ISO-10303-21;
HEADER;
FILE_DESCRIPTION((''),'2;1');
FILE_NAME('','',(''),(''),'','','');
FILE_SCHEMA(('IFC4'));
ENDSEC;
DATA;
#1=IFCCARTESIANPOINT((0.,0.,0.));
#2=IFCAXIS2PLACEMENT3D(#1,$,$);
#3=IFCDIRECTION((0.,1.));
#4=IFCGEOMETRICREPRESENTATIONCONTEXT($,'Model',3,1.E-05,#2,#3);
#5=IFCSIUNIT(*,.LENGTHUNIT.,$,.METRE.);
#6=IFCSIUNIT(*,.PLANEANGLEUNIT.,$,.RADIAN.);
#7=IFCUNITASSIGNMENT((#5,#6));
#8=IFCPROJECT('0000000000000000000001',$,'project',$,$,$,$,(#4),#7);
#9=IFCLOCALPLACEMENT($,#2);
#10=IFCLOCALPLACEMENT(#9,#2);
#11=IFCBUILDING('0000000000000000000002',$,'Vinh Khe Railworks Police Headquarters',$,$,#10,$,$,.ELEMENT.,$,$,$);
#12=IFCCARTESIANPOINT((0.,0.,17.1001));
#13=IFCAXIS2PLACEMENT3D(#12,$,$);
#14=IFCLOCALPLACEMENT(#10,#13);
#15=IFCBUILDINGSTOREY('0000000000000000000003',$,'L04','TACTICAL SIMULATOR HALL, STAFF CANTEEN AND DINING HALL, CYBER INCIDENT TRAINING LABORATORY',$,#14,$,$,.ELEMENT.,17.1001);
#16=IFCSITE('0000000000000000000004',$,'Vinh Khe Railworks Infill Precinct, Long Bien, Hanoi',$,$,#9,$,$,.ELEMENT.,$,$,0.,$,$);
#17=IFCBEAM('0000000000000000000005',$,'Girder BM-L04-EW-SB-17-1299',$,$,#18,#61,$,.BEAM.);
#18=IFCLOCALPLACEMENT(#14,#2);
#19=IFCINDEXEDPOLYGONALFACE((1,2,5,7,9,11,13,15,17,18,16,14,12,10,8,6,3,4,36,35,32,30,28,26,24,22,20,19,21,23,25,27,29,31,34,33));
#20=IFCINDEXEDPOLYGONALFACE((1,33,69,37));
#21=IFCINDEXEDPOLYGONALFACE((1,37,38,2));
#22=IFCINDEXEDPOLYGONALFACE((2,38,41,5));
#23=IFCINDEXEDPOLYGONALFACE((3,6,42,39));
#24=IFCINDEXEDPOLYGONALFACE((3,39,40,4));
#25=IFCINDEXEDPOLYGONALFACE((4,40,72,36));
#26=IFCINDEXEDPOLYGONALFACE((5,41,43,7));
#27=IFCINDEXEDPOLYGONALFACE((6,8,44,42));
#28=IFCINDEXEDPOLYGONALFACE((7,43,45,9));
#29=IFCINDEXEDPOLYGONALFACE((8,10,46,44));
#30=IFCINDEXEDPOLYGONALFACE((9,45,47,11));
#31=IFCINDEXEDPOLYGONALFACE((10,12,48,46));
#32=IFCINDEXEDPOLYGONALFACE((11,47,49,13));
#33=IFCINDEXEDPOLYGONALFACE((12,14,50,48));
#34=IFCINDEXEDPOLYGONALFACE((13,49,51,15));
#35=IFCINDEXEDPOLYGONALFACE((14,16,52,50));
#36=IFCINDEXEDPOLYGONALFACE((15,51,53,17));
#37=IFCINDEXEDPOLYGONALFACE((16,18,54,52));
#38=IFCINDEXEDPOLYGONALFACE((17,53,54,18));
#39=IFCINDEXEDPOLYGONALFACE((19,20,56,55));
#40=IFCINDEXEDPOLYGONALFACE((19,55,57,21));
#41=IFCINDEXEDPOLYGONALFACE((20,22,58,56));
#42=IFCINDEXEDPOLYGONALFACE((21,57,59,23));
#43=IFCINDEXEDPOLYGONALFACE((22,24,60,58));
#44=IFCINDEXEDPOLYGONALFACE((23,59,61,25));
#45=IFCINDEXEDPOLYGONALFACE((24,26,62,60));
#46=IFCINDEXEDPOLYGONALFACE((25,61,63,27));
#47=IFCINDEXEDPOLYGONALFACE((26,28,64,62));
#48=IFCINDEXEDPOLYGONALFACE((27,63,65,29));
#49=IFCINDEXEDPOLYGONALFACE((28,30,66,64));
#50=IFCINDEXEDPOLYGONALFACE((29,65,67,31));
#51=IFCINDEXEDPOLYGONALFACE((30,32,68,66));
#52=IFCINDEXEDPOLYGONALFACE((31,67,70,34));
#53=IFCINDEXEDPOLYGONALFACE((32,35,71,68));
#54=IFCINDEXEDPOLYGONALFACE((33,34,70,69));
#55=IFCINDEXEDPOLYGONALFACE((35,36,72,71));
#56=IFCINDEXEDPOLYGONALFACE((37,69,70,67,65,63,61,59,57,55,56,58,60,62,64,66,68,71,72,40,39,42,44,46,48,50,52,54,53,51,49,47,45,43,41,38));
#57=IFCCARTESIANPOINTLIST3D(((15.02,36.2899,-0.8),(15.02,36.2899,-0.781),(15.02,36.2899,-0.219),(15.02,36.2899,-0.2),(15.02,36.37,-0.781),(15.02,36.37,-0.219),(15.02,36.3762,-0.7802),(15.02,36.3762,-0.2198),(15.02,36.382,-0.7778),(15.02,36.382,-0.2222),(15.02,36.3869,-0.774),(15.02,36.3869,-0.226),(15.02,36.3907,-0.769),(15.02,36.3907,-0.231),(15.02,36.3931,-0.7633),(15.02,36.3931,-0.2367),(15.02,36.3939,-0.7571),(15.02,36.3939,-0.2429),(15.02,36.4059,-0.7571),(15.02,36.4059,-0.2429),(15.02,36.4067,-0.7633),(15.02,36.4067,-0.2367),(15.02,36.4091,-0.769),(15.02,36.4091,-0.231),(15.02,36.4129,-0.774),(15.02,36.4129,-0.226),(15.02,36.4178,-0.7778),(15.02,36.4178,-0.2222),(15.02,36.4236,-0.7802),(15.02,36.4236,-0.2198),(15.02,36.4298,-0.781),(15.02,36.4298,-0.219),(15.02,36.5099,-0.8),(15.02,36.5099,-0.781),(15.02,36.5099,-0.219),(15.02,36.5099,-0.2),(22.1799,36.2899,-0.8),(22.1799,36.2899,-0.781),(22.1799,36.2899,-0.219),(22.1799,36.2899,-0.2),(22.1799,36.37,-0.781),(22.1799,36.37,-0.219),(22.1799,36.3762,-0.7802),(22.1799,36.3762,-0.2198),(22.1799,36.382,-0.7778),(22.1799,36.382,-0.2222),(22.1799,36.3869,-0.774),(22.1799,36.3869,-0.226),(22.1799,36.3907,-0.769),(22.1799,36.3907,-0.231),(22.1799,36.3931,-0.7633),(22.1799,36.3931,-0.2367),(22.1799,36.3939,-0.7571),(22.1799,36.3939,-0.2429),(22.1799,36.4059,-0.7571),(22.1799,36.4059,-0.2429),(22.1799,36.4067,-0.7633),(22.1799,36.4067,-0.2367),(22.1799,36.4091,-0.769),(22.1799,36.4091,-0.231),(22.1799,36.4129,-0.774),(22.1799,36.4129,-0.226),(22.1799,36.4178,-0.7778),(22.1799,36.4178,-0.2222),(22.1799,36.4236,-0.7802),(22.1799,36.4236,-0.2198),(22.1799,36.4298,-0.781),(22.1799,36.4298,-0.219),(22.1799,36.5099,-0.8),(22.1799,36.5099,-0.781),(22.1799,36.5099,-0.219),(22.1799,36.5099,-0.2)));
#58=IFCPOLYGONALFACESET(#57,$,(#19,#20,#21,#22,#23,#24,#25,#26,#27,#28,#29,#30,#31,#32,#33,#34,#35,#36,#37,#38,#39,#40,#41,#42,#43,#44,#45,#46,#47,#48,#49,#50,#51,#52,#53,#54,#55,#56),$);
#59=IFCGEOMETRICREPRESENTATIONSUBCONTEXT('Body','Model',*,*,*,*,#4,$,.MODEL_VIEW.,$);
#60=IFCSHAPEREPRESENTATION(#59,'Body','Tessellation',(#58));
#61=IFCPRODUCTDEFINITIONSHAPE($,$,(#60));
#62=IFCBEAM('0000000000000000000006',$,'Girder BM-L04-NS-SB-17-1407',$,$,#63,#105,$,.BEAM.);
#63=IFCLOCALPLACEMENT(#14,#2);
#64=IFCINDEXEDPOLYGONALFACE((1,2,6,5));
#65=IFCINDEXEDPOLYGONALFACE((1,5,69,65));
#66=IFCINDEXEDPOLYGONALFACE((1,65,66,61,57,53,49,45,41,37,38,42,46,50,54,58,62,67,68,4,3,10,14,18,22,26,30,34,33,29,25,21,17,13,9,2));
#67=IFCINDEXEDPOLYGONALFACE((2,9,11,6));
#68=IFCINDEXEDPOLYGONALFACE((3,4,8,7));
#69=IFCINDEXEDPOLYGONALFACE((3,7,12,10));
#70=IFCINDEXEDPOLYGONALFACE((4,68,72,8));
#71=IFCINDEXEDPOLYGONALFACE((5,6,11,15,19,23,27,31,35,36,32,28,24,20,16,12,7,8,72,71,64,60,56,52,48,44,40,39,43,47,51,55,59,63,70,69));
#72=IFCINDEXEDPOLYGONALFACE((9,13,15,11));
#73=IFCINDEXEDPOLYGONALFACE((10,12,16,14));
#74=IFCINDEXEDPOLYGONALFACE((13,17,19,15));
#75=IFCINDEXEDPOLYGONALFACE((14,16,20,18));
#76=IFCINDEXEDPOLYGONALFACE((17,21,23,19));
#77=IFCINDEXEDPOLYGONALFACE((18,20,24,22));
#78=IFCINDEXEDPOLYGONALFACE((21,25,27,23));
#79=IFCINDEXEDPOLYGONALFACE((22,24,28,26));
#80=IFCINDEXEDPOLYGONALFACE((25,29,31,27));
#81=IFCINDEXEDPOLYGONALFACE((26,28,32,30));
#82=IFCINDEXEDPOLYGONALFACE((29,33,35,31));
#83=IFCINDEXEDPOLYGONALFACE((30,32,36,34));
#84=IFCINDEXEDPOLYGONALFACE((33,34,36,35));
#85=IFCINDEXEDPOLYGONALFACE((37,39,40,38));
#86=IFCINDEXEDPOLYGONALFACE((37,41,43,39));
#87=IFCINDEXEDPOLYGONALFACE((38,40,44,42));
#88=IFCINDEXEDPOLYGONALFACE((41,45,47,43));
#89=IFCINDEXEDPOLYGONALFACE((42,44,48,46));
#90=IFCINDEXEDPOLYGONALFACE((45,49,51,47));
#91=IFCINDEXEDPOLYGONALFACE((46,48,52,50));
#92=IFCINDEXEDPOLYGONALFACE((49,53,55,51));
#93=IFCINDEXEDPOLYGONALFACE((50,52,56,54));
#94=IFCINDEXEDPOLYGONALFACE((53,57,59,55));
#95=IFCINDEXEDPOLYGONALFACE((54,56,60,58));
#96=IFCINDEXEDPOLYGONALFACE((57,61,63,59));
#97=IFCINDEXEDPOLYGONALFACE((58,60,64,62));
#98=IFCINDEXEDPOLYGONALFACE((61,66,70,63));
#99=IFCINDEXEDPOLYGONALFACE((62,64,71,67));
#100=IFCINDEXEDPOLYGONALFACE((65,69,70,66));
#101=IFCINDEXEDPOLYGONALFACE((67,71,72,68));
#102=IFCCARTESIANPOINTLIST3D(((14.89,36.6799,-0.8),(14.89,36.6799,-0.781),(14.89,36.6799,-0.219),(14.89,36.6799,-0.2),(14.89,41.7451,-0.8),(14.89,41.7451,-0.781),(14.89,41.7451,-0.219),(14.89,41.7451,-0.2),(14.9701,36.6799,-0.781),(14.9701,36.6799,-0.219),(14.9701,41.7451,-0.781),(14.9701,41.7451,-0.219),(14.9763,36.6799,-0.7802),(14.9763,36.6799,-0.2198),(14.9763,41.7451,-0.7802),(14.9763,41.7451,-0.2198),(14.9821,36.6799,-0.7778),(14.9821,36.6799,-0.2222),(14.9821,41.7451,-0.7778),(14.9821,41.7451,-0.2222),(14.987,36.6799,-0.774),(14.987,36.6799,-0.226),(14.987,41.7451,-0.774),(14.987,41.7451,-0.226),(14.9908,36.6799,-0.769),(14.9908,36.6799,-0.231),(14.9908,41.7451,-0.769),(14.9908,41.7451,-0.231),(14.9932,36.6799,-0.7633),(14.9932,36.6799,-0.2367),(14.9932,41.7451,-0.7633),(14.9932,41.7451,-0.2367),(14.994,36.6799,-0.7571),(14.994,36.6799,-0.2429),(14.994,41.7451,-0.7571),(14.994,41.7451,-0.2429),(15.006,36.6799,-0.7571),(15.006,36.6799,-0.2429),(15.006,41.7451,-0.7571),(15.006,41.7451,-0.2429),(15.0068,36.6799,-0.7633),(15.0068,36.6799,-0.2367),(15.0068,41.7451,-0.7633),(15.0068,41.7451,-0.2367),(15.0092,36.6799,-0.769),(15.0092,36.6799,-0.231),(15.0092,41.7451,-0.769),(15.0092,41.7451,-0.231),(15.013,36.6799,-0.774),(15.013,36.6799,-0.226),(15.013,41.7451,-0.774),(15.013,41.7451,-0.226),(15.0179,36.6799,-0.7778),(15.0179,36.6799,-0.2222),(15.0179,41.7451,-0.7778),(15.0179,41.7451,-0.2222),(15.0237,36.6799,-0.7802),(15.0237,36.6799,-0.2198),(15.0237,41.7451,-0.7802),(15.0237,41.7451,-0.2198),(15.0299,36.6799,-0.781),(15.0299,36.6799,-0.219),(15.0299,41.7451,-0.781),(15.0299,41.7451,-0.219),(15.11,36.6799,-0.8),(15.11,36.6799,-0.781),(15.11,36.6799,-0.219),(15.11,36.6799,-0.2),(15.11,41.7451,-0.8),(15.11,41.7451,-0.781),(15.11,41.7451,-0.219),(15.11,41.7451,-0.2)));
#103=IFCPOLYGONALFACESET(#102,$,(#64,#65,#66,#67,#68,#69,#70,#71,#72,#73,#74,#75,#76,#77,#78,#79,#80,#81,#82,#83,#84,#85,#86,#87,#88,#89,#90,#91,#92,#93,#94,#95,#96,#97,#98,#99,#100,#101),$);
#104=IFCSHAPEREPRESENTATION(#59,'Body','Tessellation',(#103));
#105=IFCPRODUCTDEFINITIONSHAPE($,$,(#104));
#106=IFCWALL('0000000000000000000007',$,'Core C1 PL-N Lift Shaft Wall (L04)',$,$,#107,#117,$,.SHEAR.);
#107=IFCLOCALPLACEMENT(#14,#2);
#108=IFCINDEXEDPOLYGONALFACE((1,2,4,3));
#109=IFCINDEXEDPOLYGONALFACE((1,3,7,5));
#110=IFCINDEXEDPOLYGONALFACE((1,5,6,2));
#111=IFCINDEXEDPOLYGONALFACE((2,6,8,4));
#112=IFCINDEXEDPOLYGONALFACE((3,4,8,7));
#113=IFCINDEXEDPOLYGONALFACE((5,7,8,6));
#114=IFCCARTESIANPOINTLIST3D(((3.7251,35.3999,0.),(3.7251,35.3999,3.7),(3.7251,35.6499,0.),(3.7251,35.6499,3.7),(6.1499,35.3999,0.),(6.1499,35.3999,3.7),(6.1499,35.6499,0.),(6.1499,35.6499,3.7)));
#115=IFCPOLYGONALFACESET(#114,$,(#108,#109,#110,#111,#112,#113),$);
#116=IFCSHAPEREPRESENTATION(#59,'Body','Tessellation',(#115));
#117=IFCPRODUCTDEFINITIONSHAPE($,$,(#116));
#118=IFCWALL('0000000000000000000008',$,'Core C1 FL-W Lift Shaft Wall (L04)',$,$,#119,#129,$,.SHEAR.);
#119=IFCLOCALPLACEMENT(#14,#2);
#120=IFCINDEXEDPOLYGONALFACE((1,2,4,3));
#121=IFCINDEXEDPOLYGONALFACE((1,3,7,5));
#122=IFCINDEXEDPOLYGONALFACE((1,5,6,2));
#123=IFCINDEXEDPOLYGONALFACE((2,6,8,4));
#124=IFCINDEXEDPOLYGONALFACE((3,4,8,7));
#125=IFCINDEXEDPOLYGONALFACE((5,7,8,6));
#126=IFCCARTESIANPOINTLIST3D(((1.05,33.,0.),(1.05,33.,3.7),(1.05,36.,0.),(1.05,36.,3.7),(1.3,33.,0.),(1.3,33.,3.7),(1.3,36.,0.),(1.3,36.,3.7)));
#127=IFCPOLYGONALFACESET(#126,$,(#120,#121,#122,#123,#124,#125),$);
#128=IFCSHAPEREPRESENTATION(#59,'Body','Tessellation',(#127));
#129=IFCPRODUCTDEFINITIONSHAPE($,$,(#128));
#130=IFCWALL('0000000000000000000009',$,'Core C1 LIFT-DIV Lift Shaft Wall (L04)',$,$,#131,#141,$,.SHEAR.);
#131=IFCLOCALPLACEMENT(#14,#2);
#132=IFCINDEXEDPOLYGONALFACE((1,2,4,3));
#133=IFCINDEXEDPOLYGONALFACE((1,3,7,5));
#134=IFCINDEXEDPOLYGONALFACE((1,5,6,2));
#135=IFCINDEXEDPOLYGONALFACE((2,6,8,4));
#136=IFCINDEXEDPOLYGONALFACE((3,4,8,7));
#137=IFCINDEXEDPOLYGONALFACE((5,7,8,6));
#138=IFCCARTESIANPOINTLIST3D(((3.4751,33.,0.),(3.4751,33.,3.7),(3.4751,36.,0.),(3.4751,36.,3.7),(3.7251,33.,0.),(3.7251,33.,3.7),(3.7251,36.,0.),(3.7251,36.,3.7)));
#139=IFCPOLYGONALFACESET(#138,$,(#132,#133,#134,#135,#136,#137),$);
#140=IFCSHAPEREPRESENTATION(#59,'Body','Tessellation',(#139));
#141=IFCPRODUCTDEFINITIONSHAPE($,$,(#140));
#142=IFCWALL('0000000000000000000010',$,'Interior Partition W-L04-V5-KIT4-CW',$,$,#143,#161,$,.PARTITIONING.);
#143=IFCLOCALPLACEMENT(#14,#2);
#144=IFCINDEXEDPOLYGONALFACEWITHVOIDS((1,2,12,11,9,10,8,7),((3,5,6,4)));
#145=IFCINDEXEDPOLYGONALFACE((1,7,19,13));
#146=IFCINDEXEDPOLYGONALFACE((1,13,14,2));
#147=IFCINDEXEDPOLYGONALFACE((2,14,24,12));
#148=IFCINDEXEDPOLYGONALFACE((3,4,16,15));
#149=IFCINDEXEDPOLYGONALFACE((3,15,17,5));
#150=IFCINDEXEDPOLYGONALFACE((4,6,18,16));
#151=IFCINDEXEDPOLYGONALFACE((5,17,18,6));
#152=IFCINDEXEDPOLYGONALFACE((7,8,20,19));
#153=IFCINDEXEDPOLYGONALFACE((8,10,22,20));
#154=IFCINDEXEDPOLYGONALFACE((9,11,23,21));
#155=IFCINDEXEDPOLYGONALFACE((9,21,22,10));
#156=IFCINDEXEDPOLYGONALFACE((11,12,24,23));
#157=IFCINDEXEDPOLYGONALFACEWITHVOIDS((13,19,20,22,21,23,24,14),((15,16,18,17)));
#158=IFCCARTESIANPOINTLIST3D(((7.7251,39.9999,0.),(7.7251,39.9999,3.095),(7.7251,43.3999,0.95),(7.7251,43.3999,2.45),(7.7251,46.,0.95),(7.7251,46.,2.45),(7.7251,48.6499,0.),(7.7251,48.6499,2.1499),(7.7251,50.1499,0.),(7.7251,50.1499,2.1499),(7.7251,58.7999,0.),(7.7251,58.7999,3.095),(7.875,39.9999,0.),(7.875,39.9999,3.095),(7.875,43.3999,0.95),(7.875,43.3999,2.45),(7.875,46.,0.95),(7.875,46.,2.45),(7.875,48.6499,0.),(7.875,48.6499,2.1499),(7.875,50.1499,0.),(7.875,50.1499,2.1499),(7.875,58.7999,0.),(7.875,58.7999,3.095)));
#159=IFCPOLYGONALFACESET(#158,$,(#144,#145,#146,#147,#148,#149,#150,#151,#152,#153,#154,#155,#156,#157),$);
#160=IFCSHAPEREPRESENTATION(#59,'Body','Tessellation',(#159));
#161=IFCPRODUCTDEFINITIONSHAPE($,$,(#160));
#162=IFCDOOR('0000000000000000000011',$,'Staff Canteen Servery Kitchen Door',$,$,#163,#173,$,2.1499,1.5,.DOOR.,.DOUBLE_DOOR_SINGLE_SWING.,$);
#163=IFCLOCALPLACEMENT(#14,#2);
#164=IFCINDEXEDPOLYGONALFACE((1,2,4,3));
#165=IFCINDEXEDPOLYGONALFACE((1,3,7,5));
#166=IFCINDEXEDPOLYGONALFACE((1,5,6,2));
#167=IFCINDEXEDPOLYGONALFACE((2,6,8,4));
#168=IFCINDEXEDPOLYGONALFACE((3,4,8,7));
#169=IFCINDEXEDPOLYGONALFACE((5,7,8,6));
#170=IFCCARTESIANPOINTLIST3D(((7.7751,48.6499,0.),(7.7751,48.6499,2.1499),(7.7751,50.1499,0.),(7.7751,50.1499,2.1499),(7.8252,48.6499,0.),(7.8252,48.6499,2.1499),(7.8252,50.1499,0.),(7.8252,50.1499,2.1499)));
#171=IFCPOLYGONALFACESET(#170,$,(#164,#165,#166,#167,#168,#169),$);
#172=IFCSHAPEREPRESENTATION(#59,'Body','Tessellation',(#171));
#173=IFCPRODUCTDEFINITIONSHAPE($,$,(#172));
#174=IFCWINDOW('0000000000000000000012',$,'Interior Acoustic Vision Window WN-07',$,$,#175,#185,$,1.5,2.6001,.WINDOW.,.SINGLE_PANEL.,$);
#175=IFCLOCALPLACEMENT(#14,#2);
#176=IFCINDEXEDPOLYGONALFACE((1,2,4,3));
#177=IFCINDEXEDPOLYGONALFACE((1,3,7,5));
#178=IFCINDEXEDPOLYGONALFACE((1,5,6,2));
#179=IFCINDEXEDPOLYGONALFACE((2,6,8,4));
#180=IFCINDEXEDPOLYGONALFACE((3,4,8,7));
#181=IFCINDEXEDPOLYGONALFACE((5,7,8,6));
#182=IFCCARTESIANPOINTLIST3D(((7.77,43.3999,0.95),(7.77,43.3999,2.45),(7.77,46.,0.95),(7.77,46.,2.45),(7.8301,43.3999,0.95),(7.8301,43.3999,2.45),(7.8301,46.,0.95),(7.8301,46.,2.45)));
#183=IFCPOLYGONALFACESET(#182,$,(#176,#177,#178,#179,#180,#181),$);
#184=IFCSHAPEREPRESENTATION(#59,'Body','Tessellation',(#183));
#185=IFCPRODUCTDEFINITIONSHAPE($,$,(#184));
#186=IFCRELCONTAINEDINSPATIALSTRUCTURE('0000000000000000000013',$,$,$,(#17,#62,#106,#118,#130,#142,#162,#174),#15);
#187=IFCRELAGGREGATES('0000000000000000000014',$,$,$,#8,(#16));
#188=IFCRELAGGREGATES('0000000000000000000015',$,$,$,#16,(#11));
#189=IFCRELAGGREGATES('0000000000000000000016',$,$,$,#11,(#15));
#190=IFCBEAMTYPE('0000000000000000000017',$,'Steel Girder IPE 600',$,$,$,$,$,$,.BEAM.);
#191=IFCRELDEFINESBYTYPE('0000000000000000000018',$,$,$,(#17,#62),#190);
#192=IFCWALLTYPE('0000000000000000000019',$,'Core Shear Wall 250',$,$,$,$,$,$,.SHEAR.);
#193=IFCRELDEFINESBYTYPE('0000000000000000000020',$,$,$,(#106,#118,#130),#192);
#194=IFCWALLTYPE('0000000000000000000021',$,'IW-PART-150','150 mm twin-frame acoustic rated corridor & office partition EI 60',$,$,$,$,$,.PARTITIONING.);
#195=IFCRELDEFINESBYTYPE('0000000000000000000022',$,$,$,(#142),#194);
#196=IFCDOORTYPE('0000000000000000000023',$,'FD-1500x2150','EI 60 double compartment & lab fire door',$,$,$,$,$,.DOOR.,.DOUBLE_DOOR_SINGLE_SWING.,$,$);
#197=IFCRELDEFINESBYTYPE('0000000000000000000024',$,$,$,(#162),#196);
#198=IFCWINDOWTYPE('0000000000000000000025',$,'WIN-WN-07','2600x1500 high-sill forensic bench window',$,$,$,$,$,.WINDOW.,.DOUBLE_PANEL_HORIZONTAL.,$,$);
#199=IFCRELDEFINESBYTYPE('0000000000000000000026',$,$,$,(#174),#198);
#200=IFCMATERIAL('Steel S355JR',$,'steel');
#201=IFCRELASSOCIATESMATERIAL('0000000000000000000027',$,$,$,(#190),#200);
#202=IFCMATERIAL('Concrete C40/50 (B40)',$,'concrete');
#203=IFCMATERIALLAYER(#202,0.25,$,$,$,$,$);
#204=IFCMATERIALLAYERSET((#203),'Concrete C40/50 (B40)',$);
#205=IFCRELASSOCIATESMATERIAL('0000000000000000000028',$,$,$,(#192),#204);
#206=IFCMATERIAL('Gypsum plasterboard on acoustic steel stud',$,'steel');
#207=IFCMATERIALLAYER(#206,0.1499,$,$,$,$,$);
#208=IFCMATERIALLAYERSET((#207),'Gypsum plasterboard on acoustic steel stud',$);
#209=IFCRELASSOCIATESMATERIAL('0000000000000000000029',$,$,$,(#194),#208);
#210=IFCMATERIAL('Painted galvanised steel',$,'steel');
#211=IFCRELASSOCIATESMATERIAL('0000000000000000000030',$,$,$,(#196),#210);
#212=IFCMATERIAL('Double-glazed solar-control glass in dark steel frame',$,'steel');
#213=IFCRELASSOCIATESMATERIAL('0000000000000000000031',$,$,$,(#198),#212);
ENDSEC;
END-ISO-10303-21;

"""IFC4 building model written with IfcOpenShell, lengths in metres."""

from ifc_helpers import new_model, si_unit, direction, frame, frame_2d, origin, origin_2d, place, context, subcontext, project, spatial, rectangle, i_section, extrude, material, layer, layer_set, material_profile, profile_set, type_object, element, fill, save


model = new_model("IFC4")

# Units and contexts
model_context = context("Model", 3, precision=1e-05, world=origin(), true_north=direction((0.0, 1.0)))
body_context = subcontext(model_context, "Body", "Model", "MODEL_VIEW")
ifc_project = project(units=[si_unit("LENGTHUNIT", "METRE"), si_unit("PLANEANGLEUNIT", "RADIAN")], contexts=[model_context])

# Site, building, storey
site_placement = place(None, origin())
site = spatial("IfcSite", under=ifc_project, at=site_placement, Name="Vinh Khe Railworks Infill Precinct, Long Bien, Hanoi", CompositionType="ELEMENT", RefElevation=0.0)
building_placement = place(site_placement, origin())
building = spatial("IfcBuilding", under=site, at=building_placement, Name="Vinh Khe Railworks Police Headquarters", CompositionType="ELEMENT")
storey_placement = place(building_placement, frame((0.0, 0.0, 17.1001)))
storey = spatial("IfcBuildingStorey", under=building, at=storey_placement, Name="L04", Description="TACTICAL SIMULATOR HALL, STAFF CANTEEN AND DINING HALL, CYBER INCIDENT TRAINING LABORATORY", CompositionType="ELEMENT", Elevation=17.1001)

# Shared definitions
ifc_material_1 = material(Name="Steel S355JR", Category="steel")

# Beams
ifc_material_profile_1 = material_profile(ifc_material_1, i_section(OverallWidth=0.22, OverallDepth=0.6001, WebThickness=0.012, FlangeThickness=0.019, FilletRadius=0.0239, at=origin_2d()), Name="IPE 600")
ifc_profile_set_1 = profile_set([ifc_material_profile_1], Name="Steel S355JR")
beam_type_1 = type_object("IfcBeamType", Name="Steel Girder IPE 600", PredefinedType="BEAM", material=ifc_profile_set_1)
beam_1_placement = place(storey_placement, frame((15.02, 36.3999, -0.5), z_axis=(1.0, 0.0, 0.0), x_axis=(0.0, 1.0, 0.0)))
element("IfcBeam", 1, at=beam_1_placement, inside=storey, type_object=beam_type_1, Name="Girder BM-L04-EW-SB-17-1299", PredefinedType="BEAM", context=body_context, shape_type="SweptSolid", body=[
    extrude(i_section(OverallWidth=0.22, OverallDepth=0.6001, WebThickness=0.012, FlangeThickness=0.019, FilletRadius=0.0239, at=origin_2d()), origin(), (0.0, 0.0, 1.0), 7.1599),
])
beam_2_placement = place(storey_placement, frame((15.0, 36.6799, -0.5), z_axis=(0.0, 1.0, 0.0), x_axis=(-1.0, 0.0, 0.0)))
element("IfcBeam", 2, at=beam_2_placement, inside=storey, type_object=beam_type_1, Name="Girder BM-L04-NS-SB-17-1407", PredefinedType="BEAM", context=body_context, shape_type="SweptSolid", body=[
    extrude(i_section(OverallWidth=0.22, OverallDepth=0.6001, WebThickness=0.012, FlangeThickness=0.019, FilletRadius=0.0239, at=origin_2d()), origin(), (0.0, 0.0, 1.0), 5.0652),
])

# Walls
ifc_material_2 = material(Name="Concrete C40/50 (B40)", Category="concrete")
ifc_layer_1 = layer(ifc_material_2, 0.25)
ifc_layer_set_1 = layer_set([ifc_layer_1], Name="Concrete C40/50 (B40)")
wall_type_1 = type_object("IfcWallType", Name="Core Shear Wall 250", PredefinedType="SHEAR", material=ifc_layer_set_1)
wall_1_placement = place(storey_placement, frame((3.7251, 35.5249, 0.0), z_axis=(0.0, 0.0, 1.0), x_axis=(1.0, 0.0, 0.0)))
element("IfcWall", 3, at=wall_1_placement, inside=storey, type_object=wall_type_1, Name="Core C1 PL-N Lift Shaft Wall (L04)", PredefinedType="SHEAR", context=body_context, shape_type="SweptSolid", body=[
    extrude(rectangle(XDim=2.4248, YDim=0.25, at=frame_2d((1.2124, 0.0))), origin(), (0.0, 0.0, 1.0), 3.7),
])
for number, where, z_axis, x_axis, name in (
    (4, (1.175, 33.0, 0.0), (0.0, 0.0, 1.0), (0.0, 1.0, 0.0), "Core C1 FL-W Lift Shaft Wall (L04)"),
    (5, (3.6001, 33.0, 0.0), (0.0, 0.0, 1.0), (0.0, 1.0, 0.0), "Core C1 LIFT-DIV Lift Shaft Wall (L04)"),
):
    element("IfcWall", number, at=place(storey_placement, frame(where, z_axis=z_axis, x_axis=x_axis)), inside=storey, type_object=wall_type_1, Name=name, PredefinedType="SHEAR", context=body_context, shape_type="SweptSolid", body=[
        extrude(rectangle(XDim=3.0, YDim=0.25, at=frame_2d((1.5, 0.0))), origin(), (0.0, 0.0, 1.0), 3.7),
    ])

# Shared definitions
ifc_material_3 = material(Name="Painted galvanised steel", Category="steel")

# Wall, openings, door, window
ifc_material_4 = material(Name="Gypsum plasterboard on acoustic steel stud", Category="steel")
ifc_layer_2 = layer(ifc_material_4, 0.1499)
ifc_layer_set_2 = layer_set([ifc_layer_2], Name="Gypsum plasterboard on acoustic steel stud")
wall_type_2 = type_object("IfcWallType", Name="IW-PART-150", Description="150 mm twin-frame acoustic rated corridor & office partition EI 60", PredefinedType="PARTITIONING", material=ifc_layer_set_2)
wall_2_placement = place(storey_placement, frame((7.8, 40.0, 0.0), z_axis=(0.0, 0.0, 1.0), x_axis=(0.0, 1.0, 0.0)))
wall_2 = element("IfcWall", 6, at=wall_2_placement, inside=storey, type_object=wall_type_2, Name="Interior Partition W-L04-V5-KIT4-CW", PredefinedType="PARTITIONING", context=body_context, shape_type="SweptSolid", body=[
    extrude(rectangle(XDim=18.8, YDim=0.1499, at=frame_2d((9.3999, 0.0))), origin(), (0.0, 0.0, 1.0), 3.095),
])
opening_1_placement = place(wall_2_placement, frame((8.6499, 0.0, 0.0)))
opening_1 = element("IfcOpeningElement", 7, at=opening_1_placement, cuts=wall_2, PredefinedType="OPENING", context=body_context, shape_type="SweptSolid", body=[
    extrude(rectangle(XDim=1.5, YDim=2.1499, at=frame_2d((0.75, 1.075))), frame((0.0, 0.0898, 0.0), z_axis=(0.0, -1.0, 0.0), x_axis=(1.0, 0.0, 0.0)), (0.0, 0.0, 1.0), 0.1797),
])
opening_2_placement = place(wall_2_placement, frame((3.3999, 0.0, 0.95)))
opening_2 = element("IfcOpeningElement", 8, at=opening_2_placement, cuts=wall_2, PredefinedType="OPENING", context=body_context, shape_type="SweptSolid", body=[
    extrude(rectangle(XDim=2.6001, YDim=1.5, at=frame_2d((1.3, 0.75))), frame((0.0, 0.0898, 0.0), z_axis=(0.0, -1.0, 0.0), x_axis=(1.0, 0.0, 0.0)), (0.0, 0.0, 1.0), 0.1797),
])
door_type_1 = type_object("IfcDoorType", Name="FD-1500x2150", Description="EI 60 double compartment & lab fire door", OperationType="DOUBLE_DOOR_SINGLE_SWING", PredefinedType="DOOR", material=ifc_material_3)
door_1_placement = place(opening_1_placement, origin())
door_1 = element("IfcDoor", 9, at=door_1_placement, inside=storey, type_object=door_type_1, Name="Staff Canteen Servery Kitchen Door", OperationType="DOUBLE_DOOR_SINGLE_SWING", OverallHeight=2.1499, OverallWidth=1.5, PredefinedType="DOOR", context=body_context, shape_type="SweptSolid", body=[
    extrude(rectangle(XDim=1.5, YDim=2.1499, at=frame_2d((0.75, 1.075))), frame((0.0, 0.0249, 0.0), z_axis=(0.0, -1.0, 0.0), x_axis=(1.0, 0.0, 0.0)), (0.0, 0.0, 1.0), 0.05),
])
fill(opening_1, door_1)
ifc_material_5 = material(Name="Double-glazed solar-control glass in dark steel frame", Category="steel")
window_type = type_object("IfcWindowType", Name="WIN-WN-07", Description="2600x1500 high-sill forensic bench window", PartitioningType="DOUBLE_PANEL_HORIZONTAL", PredefinedType="WINDOW", material=ifc_material_5)
window_placement = place(opening_2_placement, origin())
window = element("IfcWindow", 10, at=window_placement, inside=storey, type_object=window_type, Name="Interior Acoustic Vision Window WN-07", OverallHeight=1.5, OverallWidth=2.6001, PartitioningType="SINGLE_PANEL", PredefinedType="WINDOW", context=body_context, shape_type="SweptSolid", body=[
    extrude(rectangle(XDim=2.6001, YDim=1.5, at=frame_2d((1.3, 0.75))), frame((0.0, 0.03, 0.0), z_axis=(0.0, -1.0, 0.0), x_axis=(1.0, 0.0, 0.0)), (0.0, 0.0, 1.0), 0.0601),
])
fill(opening_2, window)

save(model, "model.ifc")
